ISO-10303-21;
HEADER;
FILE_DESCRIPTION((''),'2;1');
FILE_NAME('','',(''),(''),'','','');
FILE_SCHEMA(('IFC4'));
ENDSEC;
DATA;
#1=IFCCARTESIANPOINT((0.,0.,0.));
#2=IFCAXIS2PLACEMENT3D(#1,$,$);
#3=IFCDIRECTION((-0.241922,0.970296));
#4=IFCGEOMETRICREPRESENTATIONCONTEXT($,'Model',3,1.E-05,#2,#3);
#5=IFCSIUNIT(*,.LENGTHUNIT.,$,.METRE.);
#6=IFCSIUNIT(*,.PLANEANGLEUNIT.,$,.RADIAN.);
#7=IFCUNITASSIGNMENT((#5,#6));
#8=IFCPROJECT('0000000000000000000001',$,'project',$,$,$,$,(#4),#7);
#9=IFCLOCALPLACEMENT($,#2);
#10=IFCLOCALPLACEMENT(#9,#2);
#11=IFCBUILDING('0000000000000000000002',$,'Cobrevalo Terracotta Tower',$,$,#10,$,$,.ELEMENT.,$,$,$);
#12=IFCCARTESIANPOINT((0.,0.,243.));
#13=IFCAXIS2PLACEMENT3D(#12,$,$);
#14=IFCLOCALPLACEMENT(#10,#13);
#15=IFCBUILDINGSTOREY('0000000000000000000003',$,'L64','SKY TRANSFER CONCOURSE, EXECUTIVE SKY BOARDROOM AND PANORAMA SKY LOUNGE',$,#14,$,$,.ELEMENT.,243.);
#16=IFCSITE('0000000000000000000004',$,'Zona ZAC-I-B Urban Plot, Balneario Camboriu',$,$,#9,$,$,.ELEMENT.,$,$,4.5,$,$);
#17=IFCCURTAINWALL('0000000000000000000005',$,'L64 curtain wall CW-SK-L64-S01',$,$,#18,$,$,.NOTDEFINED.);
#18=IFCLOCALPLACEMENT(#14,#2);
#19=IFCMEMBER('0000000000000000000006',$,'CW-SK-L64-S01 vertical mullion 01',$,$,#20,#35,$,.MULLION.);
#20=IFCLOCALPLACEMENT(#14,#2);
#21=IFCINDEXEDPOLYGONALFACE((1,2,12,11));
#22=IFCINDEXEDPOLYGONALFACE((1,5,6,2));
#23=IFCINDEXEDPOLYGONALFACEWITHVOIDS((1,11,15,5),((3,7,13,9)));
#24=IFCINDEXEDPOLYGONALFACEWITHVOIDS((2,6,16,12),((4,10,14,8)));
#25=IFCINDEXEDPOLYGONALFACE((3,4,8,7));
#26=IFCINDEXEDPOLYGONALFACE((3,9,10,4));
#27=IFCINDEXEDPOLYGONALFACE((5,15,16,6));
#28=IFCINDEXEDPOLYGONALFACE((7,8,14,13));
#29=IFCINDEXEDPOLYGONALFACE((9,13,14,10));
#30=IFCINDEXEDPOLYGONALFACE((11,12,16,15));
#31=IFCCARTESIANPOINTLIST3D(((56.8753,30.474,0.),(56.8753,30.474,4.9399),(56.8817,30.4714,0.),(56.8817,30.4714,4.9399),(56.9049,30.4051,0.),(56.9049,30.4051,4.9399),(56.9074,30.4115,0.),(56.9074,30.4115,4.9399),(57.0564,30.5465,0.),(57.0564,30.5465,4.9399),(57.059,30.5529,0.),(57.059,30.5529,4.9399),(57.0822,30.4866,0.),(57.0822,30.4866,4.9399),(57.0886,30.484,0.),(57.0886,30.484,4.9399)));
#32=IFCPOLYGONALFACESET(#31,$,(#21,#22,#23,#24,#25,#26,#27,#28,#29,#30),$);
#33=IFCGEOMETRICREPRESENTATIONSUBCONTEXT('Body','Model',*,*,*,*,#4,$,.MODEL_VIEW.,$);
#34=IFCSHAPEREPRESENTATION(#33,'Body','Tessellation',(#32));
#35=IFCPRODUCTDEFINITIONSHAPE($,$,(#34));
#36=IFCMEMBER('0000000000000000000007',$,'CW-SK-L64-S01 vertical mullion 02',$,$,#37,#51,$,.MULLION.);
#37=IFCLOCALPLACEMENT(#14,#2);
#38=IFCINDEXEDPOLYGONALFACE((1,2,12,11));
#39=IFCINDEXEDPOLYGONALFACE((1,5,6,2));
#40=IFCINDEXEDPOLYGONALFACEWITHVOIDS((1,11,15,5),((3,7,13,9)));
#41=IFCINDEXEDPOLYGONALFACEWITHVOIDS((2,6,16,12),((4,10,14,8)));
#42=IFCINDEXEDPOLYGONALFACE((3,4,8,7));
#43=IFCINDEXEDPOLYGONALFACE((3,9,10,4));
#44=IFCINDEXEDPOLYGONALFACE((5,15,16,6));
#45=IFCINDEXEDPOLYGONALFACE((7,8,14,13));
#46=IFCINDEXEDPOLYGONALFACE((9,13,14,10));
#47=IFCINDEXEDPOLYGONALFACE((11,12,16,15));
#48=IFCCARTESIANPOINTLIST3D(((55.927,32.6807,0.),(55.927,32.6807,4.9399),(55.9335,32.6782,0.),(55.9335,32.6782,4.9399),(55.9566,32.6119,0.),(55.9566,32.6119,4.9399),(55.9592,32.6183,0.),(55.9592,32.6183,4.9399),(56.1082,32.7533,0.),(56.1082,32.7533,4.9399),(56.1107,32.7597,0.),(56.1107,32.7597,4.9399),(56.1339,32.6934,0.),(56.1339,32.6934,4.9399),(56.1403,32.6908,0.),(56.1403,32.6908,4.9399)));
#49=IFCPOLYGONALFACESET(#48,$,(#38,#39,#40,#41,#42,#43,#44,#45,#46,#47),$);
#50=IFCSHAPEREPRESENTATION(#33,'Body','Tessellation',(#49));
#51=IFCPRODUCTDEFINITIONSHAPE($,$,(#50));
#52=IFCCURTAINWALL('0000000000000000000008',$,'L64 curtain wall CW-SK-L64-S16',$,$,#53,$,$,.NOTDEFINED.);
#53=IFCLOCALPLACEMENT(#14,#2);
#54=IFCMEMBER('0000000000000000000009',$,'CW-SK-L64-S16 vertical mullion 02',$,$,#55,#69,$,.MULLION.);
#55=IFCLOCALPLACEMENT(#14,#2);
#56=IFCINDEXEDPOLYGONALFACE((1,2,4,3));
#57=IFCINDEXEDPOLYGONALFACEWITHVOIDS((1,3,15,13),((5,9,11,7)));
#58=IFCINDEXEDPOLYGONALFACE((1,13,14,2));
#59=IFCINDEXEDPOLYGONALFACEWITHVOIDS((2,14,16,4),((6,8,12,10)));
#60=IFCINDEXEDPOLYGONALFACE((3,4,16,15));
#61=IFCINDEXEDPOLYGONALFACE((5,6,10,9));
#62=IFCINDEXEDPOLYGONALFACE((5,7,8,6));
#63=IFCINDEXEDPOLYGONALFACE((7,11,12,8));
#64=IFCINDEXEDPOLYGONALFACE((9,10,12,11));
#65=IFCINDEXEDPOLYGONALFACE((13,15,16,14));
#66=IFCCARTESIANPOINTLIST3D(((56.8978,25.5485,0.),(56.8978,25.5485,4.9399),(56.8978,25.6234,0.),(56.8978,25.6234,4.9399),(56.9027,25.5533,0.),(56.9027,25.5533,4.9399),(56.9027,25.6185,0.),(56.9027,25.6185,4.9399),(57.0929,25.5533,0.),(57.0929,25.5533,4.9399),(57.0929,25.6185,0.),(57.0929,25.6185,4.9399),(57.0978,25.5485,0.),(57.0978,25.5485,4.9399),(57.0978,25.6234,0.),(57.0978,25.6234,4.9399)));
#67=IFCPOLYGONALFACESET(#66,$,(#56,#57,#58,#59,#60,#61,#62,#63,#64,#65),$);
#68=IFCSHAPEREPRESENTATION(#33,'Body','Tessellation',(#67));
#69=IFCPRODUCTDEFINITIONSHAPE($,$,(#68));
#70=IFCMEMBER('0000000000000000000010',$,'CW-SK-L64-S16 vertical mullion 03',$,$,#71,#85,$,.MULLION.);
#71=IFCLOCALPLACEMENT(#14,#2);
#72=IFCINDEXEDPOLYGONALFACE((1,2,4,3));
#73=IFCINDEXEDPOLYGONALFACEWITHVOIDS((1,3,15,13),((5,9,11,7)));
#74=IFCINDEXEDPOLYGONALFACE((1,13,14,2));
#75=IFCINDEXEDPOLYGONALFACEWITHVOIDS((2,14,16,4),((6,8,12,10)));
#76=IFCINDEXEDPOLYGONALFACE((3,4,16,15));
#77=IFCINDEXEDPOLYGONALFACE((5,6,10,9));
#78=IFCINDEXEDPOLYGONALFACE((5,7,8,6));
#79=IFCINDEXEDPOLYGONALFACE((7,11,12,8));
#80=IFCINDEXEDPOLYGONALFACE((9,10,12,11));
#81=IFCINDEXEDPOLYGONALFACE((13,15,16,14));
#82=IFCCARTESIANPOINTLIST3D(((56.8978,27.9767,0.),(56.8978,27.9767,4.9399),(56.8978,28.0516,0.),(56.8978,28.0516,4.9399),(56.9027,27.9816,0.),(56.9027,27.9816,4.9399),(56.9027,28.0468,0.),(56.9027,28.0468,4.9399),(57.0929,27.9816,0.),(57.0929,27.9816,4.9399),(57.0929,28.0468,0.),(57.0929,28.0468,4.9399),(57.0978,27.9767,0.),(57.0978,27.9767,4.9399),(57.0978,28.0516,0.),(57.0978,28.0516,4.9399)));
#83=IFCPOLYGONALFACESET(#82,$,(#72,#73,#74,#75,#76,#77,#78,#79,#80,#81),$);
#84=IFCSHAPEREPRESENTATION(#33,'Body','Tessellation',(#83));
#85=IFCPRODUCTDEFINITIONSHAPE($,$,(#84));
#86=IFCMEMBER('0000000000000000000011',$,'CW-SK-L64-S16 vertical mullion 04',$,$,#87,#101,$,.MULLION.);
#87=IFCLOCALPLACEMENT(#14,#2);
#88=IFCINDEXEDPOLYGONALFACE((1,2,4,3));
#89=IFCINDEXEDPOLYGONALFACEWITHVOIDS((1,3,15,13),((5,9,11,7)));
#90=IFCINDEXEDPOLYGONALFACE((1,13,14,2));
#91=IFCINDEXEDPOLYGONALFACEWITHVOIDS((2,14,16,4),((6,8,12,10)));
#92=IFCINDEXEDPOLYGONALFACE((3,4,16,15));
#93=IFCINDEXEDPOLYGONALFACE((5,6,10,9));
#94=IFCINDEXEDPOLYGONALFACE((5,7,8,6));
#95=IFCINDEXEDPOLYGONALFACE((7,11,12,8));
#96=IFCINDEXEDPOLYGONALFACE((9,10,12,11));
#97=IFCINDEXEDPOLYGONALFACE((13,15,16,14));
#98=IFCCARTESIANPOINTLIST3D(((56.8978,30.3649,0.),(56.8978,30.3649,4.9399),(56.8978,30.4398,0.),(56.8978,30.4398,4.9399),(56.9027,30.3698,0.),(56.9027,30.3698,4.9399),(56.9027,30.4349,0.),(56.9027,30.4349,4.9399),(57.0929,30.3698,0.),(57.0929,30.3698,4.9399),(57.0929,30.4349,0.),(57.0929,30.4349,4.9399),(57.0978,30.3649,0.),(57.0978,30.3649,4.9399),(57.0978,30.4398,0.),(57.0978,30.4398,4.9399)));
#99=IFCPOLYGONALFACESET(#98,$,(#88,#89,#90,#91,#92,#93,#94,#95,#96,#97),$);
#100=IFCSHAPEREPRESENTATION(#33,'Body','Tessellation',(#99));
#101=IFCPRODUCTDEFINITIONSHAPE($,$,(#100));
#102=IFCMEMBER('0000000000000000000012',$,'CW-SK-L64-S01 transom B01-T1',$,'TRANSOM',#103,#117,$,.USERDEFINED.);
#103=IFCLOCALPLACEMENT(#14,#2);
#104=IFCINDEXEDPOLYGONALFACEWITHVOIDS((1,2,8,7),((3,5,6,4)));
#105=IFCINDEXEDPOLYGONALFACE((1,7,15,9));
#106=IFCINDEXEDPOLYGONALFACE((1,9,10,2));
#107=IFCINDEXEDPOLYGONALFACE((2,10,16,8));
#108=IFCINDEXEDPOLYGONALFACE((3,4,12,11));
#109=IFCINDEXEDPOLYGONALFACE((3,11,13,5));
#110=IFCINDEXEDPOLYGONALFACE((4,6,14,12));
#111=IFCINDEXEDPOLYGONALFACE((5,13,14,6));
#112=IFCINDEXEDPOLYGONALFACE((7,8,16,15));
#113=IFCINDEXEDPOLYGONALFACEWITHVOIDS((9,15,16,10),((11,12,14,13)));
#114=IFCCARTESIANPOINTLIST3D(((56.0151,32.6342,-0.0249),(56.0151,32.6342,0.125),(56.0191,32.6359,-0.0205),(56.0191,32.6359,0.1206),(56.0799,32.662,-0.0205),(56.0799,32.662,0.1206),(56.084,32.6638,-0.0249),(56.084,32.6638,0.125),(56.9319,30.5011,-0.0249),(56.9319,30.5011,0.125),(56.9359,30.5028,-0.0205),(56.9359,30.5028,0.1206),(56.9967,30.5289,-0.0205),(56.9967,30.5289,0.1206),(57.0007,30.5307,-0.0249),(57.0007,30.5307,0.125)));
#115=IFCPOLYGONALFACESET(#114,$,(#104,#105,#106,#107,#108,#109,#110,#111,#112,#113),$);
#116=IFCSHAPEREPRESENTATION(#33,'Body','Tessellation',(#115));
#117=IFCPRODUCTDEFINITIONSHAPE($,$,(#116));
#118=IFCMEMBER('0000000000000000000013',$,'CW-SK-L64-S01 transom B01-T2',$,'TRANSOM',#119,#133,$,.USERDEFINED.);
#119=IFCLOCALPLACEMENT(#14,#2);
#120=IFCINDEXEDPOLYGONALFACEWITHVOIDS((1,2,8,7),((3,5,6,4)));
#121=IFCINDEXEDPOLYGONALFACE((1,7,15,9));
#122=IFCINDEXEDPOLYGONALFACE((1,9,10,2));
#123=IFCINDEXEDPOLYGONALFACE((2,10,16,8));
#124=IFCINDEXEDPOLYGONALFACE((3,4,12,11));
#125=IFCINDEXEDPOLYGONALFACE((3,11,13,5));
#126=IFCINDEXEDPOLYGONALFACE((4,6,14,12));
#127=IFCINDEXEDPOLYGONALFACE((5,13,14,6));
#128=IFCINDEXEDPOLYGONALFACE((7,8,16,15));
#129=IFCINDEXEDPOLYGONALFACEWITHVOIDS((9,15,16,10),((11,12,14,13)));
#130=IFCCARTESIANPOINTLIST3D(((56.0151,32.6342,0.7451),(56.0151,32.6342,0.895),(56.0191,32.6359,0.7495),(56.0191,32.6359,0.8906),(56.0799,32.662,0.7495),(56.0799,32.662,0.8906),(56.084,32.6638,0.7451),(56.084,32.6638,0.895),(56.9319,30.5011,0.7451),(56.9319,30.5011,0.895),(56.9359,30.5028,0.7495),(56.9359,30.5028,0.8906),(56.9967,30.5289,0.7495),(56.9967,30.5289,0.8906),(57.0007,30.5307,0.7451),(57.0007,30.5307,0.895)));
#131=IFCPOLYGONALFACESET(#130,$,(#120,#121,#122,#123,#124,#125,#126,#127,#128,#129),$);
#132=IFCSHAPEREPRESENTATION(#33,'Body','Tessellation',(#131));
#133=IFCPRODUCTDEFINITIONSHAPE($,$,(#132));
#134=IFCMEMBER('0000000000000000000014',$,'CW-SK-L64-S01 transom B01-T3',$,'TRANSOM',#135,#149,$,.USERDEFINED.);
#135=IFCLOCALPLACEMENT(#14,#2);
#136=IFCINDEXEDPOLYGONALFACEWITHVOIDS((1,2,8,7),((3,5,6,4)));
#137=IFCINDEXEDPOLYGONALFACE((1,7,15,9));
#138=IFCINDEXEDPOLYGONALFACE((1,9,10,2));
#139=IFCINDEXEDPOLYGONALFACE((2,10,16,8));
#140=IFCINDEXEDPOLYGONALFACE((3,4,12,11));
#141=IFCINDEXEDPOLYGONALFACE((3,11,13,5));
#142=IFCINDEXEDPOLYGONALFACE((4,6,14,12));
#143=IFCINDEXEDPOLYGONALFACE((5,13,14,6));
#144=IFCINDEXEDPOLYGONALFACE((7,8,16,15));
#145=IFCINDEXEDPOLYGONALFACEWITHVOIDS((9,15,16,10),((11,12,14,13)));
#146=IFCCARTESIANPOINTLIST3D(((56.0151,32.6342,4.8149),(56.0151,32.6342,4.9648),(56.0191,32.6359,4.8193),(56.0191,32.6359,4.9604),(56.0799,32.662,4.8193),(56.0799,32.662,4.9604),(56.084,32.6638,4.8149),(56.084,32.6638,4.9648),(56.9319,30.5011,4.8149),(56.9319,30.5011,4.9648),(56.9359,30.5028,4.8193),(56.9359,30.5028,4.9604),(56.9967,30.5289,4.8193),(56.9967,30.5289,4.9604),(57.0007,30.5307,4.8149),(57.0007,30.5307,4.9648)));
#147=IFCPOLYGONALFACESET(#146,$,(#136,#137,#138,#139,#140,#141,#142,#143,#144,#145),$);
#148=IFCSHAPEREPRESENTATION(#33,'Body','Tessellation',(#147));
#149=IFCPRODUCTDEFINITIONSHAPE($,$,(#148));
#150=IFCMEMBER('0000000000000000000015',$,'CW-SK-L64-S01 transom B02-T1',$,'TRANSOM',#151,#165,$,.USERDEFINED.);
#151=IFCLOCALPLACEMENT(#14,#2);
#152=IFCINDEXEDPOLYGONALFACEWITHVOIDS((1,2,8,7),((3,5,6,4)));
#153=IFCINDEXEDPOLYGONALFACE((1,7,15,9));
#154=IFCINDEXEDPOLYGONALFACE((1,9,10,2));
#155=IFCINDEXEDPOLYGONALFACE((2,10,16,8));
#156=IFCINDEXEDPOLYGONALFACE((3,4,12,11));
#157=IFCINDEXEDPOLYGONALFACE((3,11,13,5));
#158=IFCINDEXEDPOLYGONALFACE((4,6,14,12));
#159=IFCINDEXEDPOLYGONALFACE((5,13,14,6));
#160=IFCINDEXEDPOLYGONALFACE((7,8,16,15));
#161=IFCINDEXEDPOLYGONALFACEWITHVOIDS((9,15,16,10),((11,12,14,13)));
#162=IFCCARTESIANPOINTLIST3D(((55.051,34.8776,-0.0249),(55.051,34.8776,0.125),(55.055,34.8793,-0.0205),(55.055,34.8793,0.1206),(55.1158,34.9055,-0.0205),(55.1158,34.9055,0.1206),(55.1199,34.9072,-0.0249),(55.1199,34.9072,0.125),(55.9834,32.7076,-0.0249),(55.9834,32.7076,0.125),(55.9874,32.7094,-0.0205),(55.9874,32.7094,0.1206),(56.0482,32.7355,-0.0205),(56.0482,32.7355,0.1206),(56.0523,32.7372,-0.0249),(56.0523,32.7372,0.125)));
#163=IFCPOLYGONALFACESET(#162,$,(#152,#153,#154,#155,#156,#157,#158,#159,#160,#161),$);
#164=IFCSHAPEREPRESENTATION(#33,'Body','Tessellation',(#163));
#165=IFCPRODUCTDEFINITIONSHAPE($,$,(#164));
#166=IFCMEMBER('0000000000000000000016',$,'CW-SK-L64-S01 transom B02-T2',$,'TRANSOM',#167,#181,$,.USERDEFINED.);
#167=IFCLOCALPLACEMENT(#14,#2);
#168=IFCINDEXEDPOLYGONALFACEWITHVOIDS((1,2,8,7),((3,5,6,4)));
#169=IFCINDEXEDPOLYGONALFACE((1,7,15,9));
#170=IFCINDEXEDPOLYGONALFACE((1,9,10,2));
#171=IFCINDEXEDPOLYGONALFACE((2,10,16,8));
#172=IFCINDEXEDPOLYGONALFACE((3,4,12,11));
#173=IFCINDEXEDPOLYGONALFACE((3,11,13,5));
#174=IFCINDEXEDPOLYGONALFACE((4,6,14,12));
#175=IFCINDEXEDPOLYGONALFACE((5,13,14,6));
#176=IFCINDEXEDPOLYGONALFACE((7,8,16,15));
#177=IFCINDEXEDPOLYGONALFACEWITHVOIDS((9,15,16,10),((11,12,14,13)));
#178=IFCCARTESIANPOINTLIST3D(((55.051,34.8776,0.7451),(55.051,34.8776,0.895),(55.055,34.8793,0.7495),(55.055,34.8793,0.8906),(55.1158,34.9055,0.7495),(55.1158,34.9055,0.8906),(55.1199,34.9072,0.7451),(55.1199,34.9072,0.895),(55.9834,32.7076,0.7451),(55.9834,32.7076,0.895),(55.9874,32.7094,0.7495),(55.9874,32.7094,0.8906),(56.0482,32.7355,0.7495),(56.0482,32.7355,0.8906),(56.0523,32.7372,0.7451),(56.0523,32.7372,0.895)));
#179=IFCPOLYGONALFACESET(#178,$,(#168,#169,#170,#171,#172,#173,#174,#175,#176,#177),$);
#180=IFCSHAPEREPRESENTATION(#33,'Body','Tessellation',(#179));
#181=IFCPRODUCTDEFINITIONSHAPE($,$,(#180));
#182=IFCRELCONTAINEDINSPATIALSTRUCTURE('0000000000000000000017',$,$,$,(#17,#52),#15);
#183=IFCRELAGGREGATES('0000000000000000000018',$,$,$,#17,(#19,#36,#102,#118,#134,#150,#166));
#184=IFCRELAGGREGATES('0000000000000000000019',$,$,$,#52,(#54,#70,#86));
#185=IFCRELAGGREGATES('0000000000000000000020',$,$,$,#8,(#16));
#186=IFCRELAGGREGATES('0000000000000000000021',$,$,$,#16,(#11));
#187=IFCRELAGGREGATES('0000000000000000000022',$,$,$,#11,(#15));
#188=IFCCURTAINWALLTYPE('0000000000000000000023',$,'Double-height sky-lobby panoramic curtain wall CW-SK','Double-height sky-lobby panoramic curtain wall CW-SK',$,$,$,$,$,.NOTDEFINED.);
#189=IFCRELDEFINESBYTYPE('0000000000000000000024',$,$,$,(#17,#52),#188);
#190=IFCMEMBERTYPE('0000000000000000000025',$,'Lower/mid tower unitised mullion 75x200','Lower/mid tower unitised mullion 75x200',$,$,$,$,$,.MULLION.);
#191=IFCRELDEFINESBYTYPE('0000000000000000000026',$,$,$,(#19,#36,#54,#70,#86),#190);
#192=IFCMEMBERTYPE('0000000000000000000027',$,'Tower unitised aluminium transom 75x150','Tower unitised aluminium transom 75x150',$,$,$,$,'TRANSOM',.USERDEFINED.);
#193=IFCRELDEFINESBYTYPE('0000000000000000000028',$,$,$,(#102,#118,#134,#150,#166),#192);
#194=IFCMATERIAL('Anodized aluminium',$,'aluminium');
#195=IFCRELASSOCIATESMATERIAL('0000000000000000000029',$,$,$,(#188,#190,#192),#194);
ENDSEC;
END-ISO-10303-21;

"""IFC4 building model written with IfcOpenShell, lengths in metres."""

from ifc_helpers import new_model, si_unit, direction, frame, origin, origin_2d, place, context, subcontext, project, spatial, hollow_rectangle, extrude, source, transform, mapped, material, material_profile, profile_set, type_object, element, aggregate, save


model = new_model("IFC4")

# Units and contexts
model_context = context("Model", 3, precision=1e-05, world=origin(), true_north=direction((-0.241922, 0.970296)))
body_context = subcontext(model_context, "Body", "Model", "MODEL_VIEW")
ifc_project = project(units=[si_unit("LENGTHUNIT", "METRE"), si_unit("PLANEANGLEUNIT", "RADIAN")], contexts=[model_context])

# Site, building, storey
site_placement = place(None, origin())
site = spatial("IfcSite", under=ifc_project, at=site_placement, Name="Zona ZAC-I-B Urban Plot, Balneario Camboriu", CompositionType="ELEMENT", RefElevation=4.5)
building_placement = place(site_placement, origin())
building = spatial("IfcBuilding", under=site, at=building_placement, Name="Cobrevalo Terracotta Tower", CompositionType="ELEMENT")
storey_placement = place(building_placement, frame((0.0, 0.0, 243.0)))
storey = spatial("IfcBuildingStorey", under=building, at=storey_placement, Name="L64", Description="SKY TRANSFER CONCOURSE, EXECUTIVE SKY BOARDROOM AND PANORAMA SKY LOUNGE", CompositionType="ELEMENT", Elevation=243.0)

# Curtain walls, members
ifc_material_1 = material(Name="Anodized aluminium", Category="aluminium")
curtain_wall_type = type_object("IfcCurtainWallType", Name="Double-height sky-lobby panoramic curtain wall CW-SK", Description="Double-height sky-lobby panoramic curtain wall CW-SK", PredefinedType="NOTDEFINED", material=ifc_material_1)
curtain_wall_1_placement = place(storey_placement, origin())
curtain_wall_1 = element("IfcCurtainWall", 1, at=curtain_wall_1_placement, inside=storey, type_object=curtain_wall_type, Name="L64 curtain wall CW-SK-L64-S01", PredefinedType="NOTDEFINED")
ifc_material_profile_1 = material_profile(ifc_material_1, hollow_rectangle(XDim=0.075, YDim=0.2, WallThickness=0.0049, at=origin_2d()), Name="CWM 75x200")
ifc_profile_set_1 = profile_set([ifc_material_profile_1], Name="Anodized aluminium")
member_type_1 = type_object("IfcMemberType", Name="Lower/mid tower unitised mullion 75x200", Description="Lower/mid tower unitised mullion 75x200", PredefinedType="MULLION", material=ifc_profile_set_1)
shared_shape_1 = source(origin(), body_context, "Body", "SweptSolid", [
    extrude(hollow_rectangle(XDim=0.075, YDim=0.2, WallThickness=0.0049, at=origin_2d()), origin(), (0.0, 0.0, 1.0), 4.9399),
])
member_1_placement = place(storey_placement, frame((56.9819, 30.479, 0.0), z_axis=(0.0, 0.0, 1.0), x_axis=(-0.394824, 0.918757, 0.0)))
member_1 = element("IfcMember", 2, at=member_1_placement, type_object=member_type_1, Name="CW-SK-L64-S01 vertical mullion 01", PredefinedType="MULLION", context=body_context, shape_type="MappedRepresentation", body=[
    mapped(shared_shape_1, transform((0.0, 0.0, 0.0), scale=1.0)),
])
member_2_placement = place(storey_placement, frame((56.0337, 32.6858, 0.0), z_axis=(0.0, 0.0, 1.0), x_axis=(-0.394824, 0.918757, 0.0)))
member_2 = element("IfcMember", 3, at=member_2_placement, type_object=member_type_1, Name="CW-SK-L64-S01 vertical mullion 02", PredefinedType="MULLION", context=body_context, shape_type="MappedRepresentation", body=[
    mapped(shared_shape_1, transform((0.0, 0.0, 0.0), scale=1.0)),
])
curtain_wall_2_placement = place(storey_placement, origin())
curtain_wall_2 = element("IfcCurtainWall", 4, at=curtain_wall_2_placement, inside=storey, type_object=curtain_wall_type, Name="L64 curtain wall CW-SK-L64-S16", PredefinedType="NOTDEFINED")
member_3_placement = place(storey_placement, frame((56.9978, 25.5859, 0.0), z_axis=(0.0, 0.0, 1.0), x_axis=(0.0, 1.0, 0.0)))
member_3 = element("IfcMember", 5, at=member_3_placement, type_object=member_type_1, Name="CW-SK-L64-S16 vertical mullion 02", PredefinedType="MULLION", context=body_context, shape_type="MappedRepresentation", body=[
    mapped(shared_shape_1, transform((0.0, 0.0, 0.0), scale=1.0)),
])
member_4_placement = place(storey_placement, frame((56.9978, 28.0142, 0.0), z_axis=(0.0, 0.0, 1.0), x_axis=(0.0, 1.0, 0.0)))
member_4 = element("IfcMember", 6, at=member_4_placement, type_object=member_type_1, Name="CW-SK-L64-S16 vertical mullion 03", PredefinedType="MULLION", context=body_context, shape_type="MappedRepresentation", body=[
    mapped(shared_shape_1, transform((0.0, 0.0, 0.0), scale=1.0)),
])
member_5_placement = place(storey_placement, frame((56.9978, 30.4023, 0.0), z_axis=(0.0, 0.0, 1.0), x_axis=(0.0, 1.0, 0.0)))
member_5 = element("IfcMember", 7, at=member_5_placement, type_object=member_type_1, Name="CW-SK-L64-S16 vertical mullion 04", PredefinedType="MULLION", context=body_context, shape_type="MappedRepresentation", body=[
    mapped(shared_shape_1, transform((0.0, 0.0, 0.0), scale=1.0)),
])

# Members
ifc_material_profile_2 = material_profile(ifc_material_1, hollow_rectangle(XDim=0.075, YDim=0.1499, WallThickness=0.0044, at=origin_2d()), Name="CWT 75x150")
ifc_profile_set_2 = profile_set([ifc_material_profile_2], Name="Anodized aluminium")
member_type_2 = type_object("IfcMemberType", Name="Tower unitised aluminium transom 75x150", Description="Tower unitised aluminium transom 75x150", ElementType="TRANSOM", PredefinedType="USERDEFINED", material=ifc_profile_set_2)
shared_shape_2 = source(origin(), body_context, "Body", "SweptSolid", [
    extrude(hollow_rectangle(XDim=0.075, YDim=0.1499, WallThickness=0.0044, at=origin_2d()), origin(), (0.0, 0.0, 1.0), 2.3218),
])
member_6_placement = place(storey_placement, frame((56.9663, 30.5159, 0.05), z_axis=(-0.394858, 0.918742, 0.0), x_axis=(-0.918742, -0.394858, 0.0)))
member_6 = element("IfcMember", 8, at=member_6_placement, type_object=member_type_2, Name="CW-SK-L64-S01 transom B01-T1", ObjectType="TRANSOM", PredefinedType="USERDEFINED", context=body_context, shape_type="MappedRepresentation", body=[
    mapped(shared_shape_2, transform((0.0, 0.0, 0.0), scale=1.0)),
])
member_7_placement = place(storey_placement, frame((56.9663, 30.5159, 0.8201), z_axis=(-0.394858, 0.918742, 0.0), x_axis=(-0.918742, -0.394858, 0.0)))
member_7 = element("IfcMember", 9, at=member_7_placement, type_object=member_type_2, Name="CW-SK-L64-S01 transom B01-T2", ObjectType="TRANSOM", PredefinedType="USERDEFINED", context=body_context, shape_type="MappedRepresentation", body=[
    mapped(shared_shape_2, transform((0.0, 0.0, 0.0), scale=1.0)),
])
member_8_placement = place(storey_placement, frame((56.9663, 30.5159, 4.8899), z_axis=(-0.394858, 0.918742, 0.0), x_axis=(-0.918742, -0.394858, 0.0)))
member_8 = element("IfcMember", 10, at=member_8_placement, type_object=member_type_2, Name="CW-SK-L64-S01 transom B01-T3", ObjectType="TRANSOM", PredefinedType="USERDEFINED", context=body_context, shape_type="MappedRepresentation", body=[
    mapped(shared_shape_2, transform((0.0, 0.0, 0.0), scale=1.0)),
])
shared_shape_3 = source(origin(), body_context, "Body", "SweptSolid", [
    extrude(hollow_rectangle(XDim=0.075, YDim=0.1499, WallThickness=0.0044, at=origin_2d()), origin(), (0.0, 0.0, 1.0), 2.3618),
])
member_9_placement = place(storey_placement, frame((56.0178, 32.7224, 0.05), z_axis=(-0.39478, 0.918776, 0.0), x_axis=(-0.918776, -0.39478, 0.0)))
member_9 = element("IfcMember", 11, at=member_9_placement, type_object=member_type_2, Name="CW-SK-L64-S01 transom B02-T1", ObjectType="TRANSOM", PredefinedType="USERDEFINED", context=body_context, shape_type="MappedRepresentation", body=[
    mapped(shared_shape_3, transform((0.0, 0.0, 0.0), scale=1.0)),
])
member_10_placement = place(storey_placement, frame((56.0178, 32.7224, 0.8201), z_axis=(-0.39478, 0.918776, 0.0), x_axis=(-0.918776, -0.39478, 0.0)))
member_10 = element("IfcMember", 12, at=member_10_placement, type_object=member_type_2, Name="CW-SK-L64-S01 transom B02-T2", ObjectType="TRANSOM", PredefinedType="USERDEFINED", context=body_context, shape_type="MappedRepresentation", body=[
    mapped(shared_shape_3, transform((0.0, 0.0, 0.0), scale=1.0)),
])

aggregate(curtain_wall_1, [member_1, member_2, member_6, member_7, member_8, member_9, member_10])
aggregate(curtain_wall_2, [member_3, member_4, member_5])

save(model, "model.ifc")
